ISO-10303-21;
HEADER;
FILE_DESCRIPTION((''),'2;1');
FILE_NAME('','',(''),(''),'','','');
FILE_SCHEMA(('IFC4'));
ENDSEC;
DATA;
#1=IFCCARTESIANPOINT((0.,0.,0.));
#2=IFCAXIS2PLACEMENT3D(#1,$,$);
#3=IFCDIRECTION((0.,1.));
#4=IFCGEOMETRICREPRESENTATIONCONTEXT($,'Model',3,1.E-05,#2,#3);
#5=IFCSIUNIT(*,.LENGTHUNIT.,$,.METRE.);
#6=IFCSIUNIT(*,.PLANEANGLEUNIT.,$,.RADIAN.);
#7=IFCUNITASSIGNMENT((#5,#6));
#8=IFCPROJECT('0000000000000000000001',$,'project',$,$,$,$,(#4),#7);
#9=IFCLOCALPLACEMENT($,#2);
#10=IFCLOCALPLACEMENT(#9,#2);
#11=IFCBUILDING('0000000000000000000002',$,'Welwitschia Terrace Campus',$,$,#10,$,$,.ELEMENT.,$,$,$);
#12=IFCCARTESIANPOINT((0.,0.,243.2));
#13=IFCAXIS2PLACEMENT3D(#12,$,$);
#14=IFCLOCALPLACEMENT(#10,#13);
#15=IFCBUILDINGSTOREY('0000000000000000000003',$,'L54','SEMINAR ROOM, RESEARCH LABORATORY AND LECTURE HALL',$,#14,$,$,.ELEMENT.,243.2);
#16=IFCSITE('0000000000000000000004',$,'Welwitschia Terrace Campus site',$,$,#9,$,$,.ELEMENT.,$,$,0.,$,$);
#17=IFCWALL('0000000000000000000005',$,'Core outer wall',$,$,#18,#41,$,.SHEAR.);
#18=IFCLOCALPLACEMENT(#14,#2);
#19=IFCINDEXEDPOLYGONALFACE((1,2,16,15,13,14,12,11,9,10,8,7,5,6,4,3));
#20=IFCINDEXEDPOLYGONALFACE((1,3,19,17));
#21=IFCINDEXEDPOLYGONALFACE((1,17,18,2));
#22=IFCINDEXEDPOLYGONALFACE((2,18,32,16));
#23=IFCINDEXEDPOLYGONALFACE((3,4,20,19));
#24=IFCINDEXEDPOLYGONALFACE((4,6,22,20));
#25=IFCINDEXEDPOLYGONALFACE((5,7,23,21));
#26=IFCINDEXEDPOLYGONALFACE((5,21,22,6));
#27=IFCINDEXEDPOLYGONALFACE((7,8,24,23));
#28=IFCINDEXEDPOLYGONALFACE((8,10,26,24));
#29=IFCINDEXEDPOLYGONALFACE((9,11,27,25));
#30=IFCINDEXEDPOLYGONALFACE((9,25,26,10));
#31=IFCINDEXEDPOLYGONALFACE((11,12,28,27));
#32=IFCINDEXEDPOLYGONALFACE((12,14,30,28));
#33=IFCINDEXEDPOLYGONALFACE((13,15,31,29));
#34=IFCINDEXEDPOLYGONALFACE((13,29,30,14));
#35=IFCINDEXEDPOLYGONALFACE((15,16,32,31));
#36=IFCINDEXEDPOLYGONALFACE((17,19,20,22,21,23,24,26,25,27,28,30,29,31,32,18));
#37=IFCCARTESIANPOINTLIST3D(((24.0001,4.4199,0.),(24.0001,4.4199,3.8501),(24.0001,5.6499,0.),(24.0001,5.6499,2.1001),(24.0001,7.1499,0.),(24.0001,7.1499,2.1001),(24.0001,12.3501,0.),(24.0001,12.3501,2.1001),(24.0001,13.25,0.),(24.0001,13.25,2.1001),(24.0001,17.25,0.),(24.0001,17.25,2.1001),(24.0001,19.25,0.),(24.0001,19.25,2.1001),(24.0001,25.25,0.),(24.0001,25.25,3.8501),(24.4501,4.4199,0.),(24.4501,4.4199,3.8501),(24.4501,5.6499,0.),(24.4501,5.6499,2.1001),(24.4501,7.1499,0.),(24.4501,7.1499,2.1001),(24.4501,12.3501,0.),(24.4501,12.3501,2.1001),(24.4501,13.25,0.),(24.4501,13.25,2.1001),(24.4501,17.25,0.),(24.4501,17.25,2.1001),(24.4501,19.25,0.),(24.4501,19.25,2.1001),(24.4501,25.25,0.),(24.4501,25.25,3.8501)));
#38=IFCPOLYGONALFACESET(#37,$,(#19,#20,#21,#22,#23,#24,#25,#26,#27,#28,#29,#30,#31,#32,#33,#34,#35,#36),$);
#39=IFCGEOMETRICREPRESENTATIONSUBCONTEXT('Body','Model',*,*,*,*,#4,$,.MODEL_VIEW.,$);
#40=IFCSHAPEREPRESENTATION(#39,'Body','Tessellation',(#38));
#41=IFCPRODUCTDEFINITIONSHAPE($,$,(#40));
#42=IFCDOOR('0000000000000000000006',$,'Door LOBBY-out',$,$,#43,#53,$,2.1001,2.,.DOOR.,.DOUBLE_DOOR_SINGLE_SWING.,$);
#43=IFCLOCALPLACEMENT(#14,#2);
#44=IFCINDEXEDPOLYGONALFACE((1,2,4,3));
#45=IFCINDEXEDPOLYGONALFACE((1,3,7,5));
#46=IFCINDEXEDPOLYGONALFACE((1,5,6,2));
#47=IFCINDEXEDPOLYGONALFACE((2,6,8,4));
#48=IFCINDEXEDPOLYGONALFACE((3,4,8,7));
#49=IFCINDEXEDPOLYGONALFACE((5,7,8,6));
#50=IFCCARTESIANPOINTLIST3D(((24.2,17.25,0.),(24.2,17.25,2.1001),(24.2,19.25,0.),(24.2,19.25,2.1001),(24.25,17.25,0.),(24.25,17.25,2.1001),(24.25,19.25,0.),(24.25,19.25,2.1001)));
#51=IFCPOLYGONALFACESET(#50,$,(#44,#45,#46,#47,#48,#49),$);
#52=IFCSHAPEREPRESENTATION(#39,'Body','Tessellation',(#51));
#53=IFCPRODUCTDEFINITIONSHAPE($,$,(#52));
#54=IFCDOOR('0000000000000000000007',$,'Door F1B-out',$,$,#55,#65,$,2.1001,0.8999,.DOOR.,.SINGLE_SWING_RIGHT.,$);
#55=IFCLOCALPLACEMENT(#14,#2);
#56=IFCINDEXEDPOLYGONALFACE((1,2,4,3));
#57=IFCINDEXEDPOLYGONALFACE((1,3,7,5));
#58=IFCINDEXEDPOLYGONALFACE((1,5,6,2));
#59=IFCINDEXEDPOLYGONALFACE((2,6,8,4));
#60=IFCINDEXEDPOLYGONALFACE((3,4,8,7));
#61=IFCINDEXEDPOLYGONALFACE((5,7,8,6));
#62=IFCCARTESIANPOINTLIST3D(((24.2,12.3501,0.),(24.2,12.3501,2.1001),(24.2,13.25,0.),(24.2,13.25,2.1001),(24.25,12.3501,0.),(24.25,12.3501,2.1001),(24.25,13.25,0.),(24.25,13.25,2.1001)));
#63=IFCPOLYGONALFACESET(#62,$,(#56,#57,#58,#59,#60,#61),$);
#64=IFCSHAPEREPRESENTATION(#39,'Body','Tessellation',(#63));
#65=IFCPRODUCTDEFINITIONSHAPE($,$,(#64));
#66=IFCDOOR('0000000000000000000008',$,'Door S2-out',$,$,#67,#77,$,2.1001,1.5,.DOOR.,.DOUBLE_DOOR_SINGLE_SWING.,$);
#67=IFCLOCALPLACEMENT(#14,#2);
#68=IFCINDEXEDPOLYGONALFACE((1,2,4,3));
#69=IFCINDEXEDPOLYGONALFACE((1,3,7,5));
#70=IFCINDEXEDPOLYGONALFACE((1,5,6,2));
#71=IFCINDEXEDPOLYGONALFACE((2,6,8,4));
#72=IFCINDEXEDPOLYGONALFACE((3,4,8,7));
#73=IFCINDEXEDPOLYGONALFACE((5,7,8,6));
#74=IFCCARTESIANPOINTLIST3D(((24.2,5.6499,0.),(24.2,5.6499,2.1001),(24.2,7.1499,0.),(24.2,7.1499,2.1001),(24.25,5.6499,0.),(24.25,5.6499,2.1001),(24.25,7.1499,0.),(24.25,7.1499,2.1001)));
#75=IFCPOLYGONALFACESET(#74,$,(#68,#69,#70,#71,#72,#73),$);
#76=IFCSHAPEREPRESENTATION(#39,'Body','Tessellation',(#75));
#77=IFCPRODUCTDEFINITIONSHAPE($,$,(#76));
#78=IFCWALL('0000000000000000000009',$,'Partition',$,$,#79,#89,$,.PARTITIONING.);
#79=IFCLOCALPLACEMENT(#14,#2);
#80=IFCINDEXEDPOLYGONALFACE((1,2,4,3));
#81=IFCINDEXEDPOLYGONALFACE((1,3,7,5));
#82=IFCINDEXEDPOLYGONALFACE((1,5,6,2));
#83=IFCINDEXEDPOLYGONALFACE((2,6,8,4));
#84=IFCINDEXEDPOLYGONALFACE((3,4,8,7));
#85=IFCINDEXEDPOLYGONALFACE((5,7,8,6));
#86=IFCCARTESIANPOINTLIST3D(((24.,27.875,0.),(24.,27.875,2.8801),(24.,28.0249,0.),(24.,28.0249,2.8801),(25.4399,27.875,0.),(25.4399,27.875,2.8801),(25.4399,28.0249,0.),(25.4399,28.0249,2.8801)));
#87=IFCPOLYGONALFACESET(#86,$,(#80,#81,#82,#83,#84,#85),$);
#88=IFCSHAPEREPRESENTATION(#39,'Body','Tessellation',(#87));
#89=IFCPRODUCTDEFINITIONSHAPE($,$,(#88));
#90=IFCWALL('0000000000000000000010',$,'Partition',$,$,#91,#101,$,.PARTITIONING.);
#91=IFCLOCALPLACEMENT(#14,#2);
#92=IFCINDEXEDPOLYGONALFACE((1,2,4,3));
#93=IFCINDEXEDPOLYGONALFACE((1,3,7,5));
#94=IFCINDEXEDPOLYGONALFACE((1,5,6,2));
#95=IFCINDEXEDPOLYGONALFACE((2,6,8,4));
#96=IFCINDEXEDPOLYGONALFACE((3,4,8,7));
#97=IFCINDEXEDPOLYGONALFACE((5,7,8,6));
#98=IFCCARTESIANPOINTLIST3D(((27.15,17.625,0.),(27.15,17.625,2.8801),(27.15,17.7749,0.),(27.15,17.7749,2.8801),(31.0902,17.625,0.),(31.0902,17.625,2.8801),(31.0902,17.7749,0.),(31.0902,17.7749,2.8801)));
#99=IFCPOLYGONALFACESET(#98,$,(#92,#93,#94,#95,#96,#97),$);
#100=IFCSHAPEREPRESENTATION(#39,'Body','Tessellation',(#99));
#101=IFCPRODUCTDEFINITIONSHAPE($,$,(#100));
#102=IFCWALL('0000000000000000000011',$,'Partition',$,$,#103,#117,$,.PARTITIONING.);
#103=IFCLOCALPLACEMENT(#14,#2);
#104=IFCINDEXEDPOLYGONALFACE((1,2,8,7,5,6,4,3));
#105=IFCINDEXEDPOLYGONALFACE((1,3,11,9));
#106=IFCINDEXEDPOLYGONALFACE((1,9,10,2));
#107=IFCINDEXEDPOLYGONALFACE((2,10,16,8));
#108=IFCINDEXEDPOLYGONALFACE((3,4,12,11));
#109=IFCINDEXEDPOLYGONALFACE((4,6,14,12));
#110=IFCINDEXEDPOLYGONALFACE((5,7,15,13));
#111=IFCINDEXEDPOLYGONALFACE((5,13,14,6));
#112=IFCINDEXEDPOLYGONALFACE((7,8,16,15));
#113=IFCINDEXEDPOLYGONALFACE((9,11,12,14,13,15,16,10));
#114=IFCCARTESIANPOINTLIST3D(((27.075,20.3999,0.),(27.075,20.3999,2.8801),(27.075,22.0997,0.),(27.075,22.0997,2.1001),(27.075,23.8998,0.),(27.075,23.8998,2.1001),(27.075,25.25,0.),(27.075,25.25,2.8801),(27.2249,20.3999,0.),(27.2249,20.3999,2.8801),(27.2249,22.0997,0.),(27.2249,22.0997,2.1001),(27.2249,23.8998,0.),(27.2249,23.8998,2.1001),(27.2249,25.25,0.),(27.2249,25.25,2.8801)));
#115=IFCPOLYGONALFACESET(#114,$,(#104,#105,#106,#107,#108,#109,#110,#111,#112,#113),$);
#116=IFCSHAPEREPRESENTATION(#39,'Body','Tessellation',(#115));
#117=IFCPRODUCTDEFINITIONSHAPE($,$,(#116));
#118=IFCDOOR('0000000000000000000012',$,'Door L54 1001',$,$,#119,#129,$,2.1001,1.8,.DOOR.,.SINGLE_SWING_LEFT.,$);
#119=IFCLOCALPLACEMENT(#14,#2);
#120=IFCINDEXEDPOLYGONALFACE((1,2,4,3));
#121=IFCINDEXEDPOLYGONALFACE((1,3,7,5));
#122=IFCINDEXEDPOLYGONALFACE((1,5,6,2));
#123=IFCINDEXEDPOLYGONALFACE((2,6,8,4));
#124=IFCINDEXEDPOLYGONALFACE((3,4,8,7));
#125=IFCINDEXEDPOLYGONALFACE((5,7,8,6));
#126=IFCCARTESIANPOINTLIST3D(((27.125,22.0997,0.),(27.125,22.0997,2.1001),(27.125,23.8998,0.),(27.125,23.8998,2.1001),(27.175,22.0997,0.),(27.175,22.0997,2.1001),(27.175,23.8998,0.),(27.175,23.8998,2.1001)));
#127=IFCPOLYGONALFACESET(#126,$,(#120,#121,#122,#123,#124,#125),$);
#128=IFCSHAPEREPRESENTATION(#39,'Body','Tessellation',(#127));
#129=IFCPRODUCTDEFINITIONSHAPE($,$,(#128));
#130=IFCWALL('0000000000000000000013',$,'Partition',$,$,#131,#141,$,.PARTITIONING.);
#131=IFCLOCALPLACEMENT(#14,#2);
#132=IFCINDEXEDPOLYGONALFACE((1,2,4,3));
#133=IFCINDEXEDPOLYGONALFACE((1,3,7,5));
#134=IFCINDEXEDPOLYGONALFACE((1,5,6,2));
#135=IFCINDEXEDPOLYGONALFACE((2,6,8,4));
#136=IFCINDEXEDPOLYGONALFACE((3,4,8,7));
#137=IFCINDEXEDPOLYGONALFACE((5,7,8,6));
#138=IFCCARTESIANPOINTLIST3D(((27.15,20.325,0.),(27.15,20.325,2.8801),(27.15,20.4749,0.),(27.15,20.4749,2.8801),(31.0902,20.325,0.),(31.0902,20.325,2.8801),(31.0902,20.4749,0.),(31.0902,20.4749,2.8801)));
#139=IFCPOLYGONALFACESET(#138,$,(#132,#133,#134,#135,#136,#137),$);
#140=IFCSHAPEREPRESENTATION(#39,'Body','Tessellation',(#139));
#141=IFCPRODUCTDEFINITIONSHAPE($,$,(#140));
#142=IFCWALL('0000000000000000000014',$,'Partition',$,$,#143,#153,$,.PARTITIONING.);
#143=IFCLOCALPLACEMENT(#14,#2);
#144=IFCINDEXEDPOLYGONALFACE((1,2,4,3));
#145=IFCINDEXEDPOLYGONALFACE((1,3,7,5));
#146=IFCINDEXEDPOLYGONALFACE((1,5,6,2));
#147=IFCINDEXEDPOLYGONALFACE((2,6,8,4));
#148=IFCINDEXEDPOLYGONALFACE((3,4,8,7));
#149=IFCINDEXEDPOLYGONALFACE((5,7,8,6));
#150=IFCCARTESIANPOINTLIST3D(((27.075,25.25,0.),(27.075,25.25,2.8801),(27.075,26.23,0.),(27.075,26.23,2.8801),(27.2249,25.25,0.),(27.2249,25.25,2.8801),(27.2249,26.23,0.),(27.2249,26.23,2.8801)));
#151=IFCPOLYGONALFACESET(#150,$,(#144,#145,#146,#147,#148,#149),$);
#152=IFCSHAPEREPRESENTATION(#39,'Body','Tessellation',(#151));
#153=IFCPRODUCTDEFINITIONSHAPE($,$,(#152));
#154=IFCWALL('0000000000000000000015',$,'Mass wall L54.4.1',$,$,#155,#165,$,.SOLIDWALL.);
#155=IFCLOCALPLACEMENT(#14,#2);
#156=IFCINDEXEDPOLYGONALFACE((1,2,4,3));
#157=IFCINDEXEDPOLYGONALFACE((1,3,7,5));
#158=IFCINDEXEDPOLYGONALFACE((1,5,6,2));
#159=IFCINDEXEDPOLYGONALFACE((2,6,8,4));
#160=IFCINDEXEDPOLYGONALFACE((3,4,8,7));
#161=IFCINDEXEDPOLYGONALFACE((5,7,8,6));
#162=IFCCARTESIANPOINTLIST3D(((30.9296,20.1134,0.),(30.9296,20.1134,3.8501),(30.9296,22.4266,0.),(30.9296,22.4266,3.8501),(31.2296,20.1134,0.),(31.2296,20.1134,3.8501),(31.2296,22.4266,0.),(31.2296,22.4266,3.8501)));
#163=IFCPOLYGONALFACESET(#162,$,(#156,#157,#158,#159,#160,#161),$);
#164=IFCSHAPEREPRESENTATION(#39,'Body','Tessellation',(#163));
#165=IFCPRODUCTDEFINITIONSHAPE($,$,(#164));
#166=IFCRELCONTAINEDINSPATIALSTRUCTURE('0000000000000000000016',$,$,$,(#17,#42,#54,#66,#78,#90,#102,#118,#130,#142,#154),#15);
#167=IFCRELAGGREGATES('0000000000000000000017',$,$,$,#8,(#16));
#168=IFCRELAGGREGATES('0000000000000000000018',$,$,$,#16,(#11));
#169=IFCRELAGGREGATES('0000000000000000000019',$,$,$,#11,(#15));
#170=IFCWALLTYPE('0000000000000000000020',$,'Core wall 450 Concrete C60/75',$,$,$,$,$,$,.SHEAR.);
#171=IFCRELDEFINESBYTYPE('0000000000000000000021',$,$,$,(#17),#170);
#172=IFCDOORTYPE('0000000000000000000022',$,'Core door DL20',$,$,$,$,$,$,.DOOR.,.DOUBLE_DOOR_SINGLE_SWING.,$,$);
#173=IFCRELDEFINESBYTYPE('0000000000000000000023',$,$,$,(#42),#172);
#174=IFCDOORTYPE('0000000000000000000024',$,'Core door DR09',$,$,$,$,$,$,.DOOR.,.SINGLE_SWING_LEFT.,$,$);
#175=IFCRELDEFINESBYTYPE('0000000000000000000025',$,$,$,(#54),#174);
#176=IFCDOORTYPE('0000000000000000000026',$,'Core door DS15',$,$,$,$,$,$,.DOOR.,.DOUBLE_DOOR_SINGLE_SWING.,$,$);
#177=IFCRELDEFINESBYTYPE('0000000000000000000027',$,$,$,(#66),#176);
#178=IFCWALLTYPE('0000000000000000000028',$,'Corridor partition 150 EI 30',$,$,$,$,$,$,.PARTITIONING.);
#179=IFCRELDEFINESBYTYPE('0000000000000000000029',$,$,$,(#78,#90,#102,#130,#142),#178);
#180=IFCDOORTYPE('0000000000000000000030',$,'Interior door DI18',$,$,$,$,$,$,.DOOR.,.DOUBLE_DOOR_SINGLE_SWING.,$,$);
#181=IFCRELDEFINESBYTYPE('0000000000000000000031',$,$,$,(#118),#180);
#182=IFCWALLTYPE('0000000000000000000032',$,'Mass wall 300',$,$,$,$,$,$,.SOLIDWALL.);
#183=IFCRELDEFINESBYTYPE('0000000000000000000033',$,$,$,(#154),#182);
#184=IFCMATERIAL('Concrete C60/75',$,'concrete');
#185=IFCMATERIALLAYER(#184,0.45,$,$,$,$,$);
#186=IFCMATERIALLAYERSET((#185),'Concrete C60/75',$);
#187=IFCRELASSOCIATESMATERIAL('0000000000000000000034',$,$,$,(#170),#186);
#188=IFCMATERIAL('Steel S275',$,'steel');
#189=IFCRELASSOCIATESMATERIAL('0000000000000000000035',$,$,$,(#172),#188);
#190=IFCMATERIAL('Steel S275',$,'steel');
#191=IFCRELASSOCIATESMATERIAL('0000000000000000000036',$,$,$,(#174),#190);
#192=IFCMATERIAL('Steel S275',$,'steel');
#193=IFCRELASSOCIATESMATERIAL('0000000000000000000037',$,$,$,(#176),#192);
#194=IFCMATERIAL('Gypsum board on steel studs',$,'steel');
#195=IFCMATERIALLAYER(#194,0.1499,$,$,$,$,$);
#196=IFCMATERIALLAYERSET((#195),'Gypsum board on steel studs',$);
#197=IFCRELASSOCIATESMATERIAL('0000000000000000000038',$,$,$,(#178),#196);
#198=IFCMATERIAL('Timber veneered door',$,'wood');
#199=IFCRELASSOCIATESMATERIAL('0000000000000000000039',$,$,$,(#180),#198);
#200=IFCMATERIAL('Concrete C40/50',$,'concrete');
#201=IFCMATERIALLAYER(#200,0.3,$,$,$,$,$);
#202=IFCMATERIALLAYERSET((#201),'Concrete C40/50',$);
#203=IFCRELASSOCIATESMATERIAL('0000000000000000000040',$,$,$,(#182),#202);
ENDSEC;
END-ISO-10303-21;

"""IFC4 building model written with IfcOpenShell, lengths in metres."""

from ifc_helpers import new_model, si_unit, direction, frame, frame_2d, origin, place, context, subcontext, project, spatial, rectangle, extrude, material, layer, layer_set, type_object, element, fill, save


model = new_model("IFC4")

# Units and contexts
model_context = context("Model", 3, precision=1e-05, world=origin(), true_north=direction((0.0, 1.0)))
body_context = subcontext(model_context, "Body", "Model", "MODEL_VIEW")
ifc_project = project(units=[si_unit("LENGTHUNIT", "METRE"), si_unit("PLANEANGLEUNIT", "RADIAN")], contexts=[model_context])

# Site, building, storey
site_placement = place(None, origin())
site = spatial("IfcSite", under=ifc_project, at=site_placement, Name="Welwitschia Terrace Campus site", CompositionType="ELEMENT", RefElevation=0.0)
building_placement = place(site_placement, origin())
building = spatial("IfcBuilding", under=site, at=building_placement, Name="Welwitschia Terrace Campus", CompositionType="ELEMENT")
storey_placement = place(building_placement, frame((0.0, 0.0, 243.2)))
storey = spatial("IfcBuildingStorey", under=building, at=storey_placement, Name="L54", Description="SEMINAR ROOM, RESEARCH LABORATORY AND LECTURE HALL", CompositionType="ELEMENT", Elevation=243.2)

# Wall, openings, doors
ifc_material_1 = material(Name="Concrete C60/75", Category="concrete")
ifc_layer_1 = layer(ifc_material_1, 0.45)
ifc_layer_set_1 = layer_set([ifc_layer_1], Name="Concrete C60/75")
wall_type_1 = type_object("IfcWallType", Name="Core wall 450 Concrete C60/75", PredefinedType="SHEAR", material=ifc_layer_set_1)
wall_1_placement = place(storey_placement, frame((24.2251, 25.25, 0.0), z_axis=(0.0, 0.0, 1.0), x_axis=(0.0, -1.0, 0.0)))
wall_1 = element("IfcWall", 1, at=wall_1_placement, inside=storey, type_object=wall_type_1, Name="Core outer wall", PredefinedType="SHEAR", context=body_context, shape_type="SweptSolid", body=[
    extrude(rectangle(XDim=20.8301, YDim=0.45, at=frame_2d((10.415, 0.0))), origin(), (0.0, 0.0, 1.0), 3.8501),
])
opening_1_placement = place(wall_1_placement, frame((18.1001, 0.0, 0.0)))
opening_1 = element("IfcOpeningElement", 2, at=opening_1_placement, cuts=wall_1, PredefinedType="OPENING", context=body_context, shape_type="SweptSolid", body=[
    extrude(rectangle(XDim=1.5, YDim=2.1001, at=frame_2d((0.75, 1.05))), frame((0.0, 0.2349, 0.0), z_axis=(0.0, -1.0, 0.0), x_axis=(1.0, 0.0, 0.0)), (0.0, 0.0, 1.0), 0.47),
])
opening_2_placement = place(wall_1_placement, frame((12.0, 0.0, 0.0)))
opening_2 = element("IfcOpeningElement", 3, at=opening_2_placement, cuts=wall_1, PredefinedType="OPENING", context=body_context, shape_type="SweptSolid", body=[
    extrude(rectangle(XDim=0.8999, YDim=2.1001, at=frame_2d((0.45, 1.05))), frame((0.0, 0.2349, 0.0), z_axis=(0.0, -1.0, 0.0), x_axis=(1.0, 0.0, 0.0)), (0.0, 0.0, 1.0), 0.47),
])
opening_3_placement = place(wall_1_placement, frame((6.0, 0.0, 0.0)))
opening_3 = element("IfcOpeningElement", 4, at=opening_3_placement, cuts=wall_1, PredefinedType="OPENING", context=body_context, shape_type="SweptSolid", body=[
    extrude(rectangle(XDim=2.0, YDim=2.1001, at=frame_2d((1.0, 1.05))), frame((0.0, 0.2349, 0.0), z_axis=(0.0, -1.0, 0.0), x_axis=(1.0, 0.0, 0.0)), (0.0, 0.0, 1.0), 0.47),
])
ifc_material_2 = material(Name="Steel S275", Category="steel")
door_type_1 = type_object("IfcDoorType", Name="Core door DL20", OperationType="DOUBLE_DOOR_SINGLE_SWING", PredefinedType="DOOR", material=ifc_material_2)
door_1_placement = place(opening_3_placement, origin())
door_1 = element("IfcDoor", 5, at=door_1_placement, inside=storey, type_object=door_type_1, Name="Door LOBBY-out", OperationType="DOUBLE_DOOR_SINGLE_SWING", OverallHeight=2.1001, OverallWidth=2.0, PredefinedType="DOOR", context=body_context, shape_type="SweptSolid", body=[
    extrude(rectangle(XDim=2.0, YDim=2.1001, at=frame_2d((1.0, 1.05))), frame((0.0, 0.0249, 0.0), z_axis=(0.0, -1.0, 0.0), x_axis=(1.0, 0.0, 0.0)), (0.0, 0.0, 1.0), 0.05),
])
fill(opening_3, door_1)
ifc_material_3 = material(Name="Steel S275", Category="steel")
door_type_2 = type_object("IfcDoorType", Name="Core door DR09", OperationType="SINGLE_SWING_LEFT", PredefinedType="DOOR", material=ifc_material_3)
door_2_placement = place(opening_2_placement, origin())
door_2 = element("IfcDoor", 6, at=door_2_placement, inside=storey, type_object=door_type_2, Name="Door F1B-out", OperationType="SINGLE_SWING_RIGHT", OverallHeight=2.1001, OverallWidth=0.8999, PredefinedType="DOOR", context=body_context, shape_type="SweptSolid", body=[
    extrude(rectangle(XDim=0.8999, YDim=2.1001, at=frame_2d((0.45, 1.05))), frame((0.0, 0.0249, 0.0), z_axis=(0.0, -1.0, 0.0), x_axis=(1.0, 0.0, 0.0)), (0.0, 0.0, 1.0), 0.05),
])
fill(opening_2, door_2)
ifc_material_4 = material(Name="Steel S275", Category="steel")
door_type_3 = type_object("IfcDoorType", Name="Core door DS15", OperationType="DOUBLE_DOOR_SINGLE_SWING", PredefinedType="DOOR", material=ifc_material_4)
door_3_placement = place(opening_1_placement, origin())
door_3 = element("IfcDoor", 7, at=door_3_placement, inside=storey, type_object=door_type_3, Name="Door S2-out", OperationType="DOUBLE_DOOR_SINGLE_SWING", OverallHeight=2.1001, OverallWidth=1.5, PredefinedType="DOOR", context=body_context, shape_type="SweptSolid", body=[
    extrude(rectangle(XDim=1.5, YDim=2.1001, at=frame_2d((0.75, 1.05))), frame((0.0, 0.0249, 0.0), z_axis=(0.0, -1.0, 0.0), x_axis=(1.0, 0.0, 0.0)), (0.0, 0.0, 1.0), 0.05),
])
fill(opening_1, door_3)

# Walls
ifc_material_5 = material(Name="Gypsum board on steel studs", Category="steel")
ifc_layer_2 = layer(ifc_material_5, 0.1499)
ifc_layer_set_2 = layer_set([ifc_layer_2], Name="Gypsum board on steel studs")
wall_type_2 = type_object("IfcWallType", Name="Corridor partition 150 EI 30", PredefinedType="PARTITIONING", material=ifc_layer_set_2)
wall_2_placement = place(storey_placement, frame((24.0, 27.95, 0.0), z_axis=(0.0, 0.0, 1.0), x_axis=(1.0, 0.0, 0.0)))
element("IfcWall", 8, at=wall_2_placement, inside=storey, type_object=wall_type_2, Name="Partition", PredefinedType="PARTITIONING", context=body_context, shape_type="SweptSolid", body=[
    extrude(rectangle(XDim=1.4399, YDim=0.1499, at=frame_2d((0.72, 0.0))), origin(), (0.0, 0.0, 1.0), 2.8801),
])
wall_3_placement = place(storey_placement, frame((27.1499, 17.7, 0.0), z_axis=(0.0, 0.0, 1.0), x_axis=(1.0, 0.0, 0.0)))
element("IfcWall", 9, at=wall_3_placement, inside=storey, type_object=wall_type_2, Name="Partition", PredefinedType="PARTITIONING", context=body_context, shape_type="SweptSolid", body=[
    extrude(rectangle(XDim=3.9402, YDim=0.1499, at=frame_2d((1.9702, 0.0))), origin(), (0.0, 0.0, 1.0), 2.8801),
])

# Wall, opening, door
wall_4_placement = place(storey_placement, frame((27.1499, 20.3999, 0.0), z_axis=(0.0, 0.0, 1.0), x_axis=(0.0, 1.0, 0.0)))
wall_4 = element("IfcWall", 10, at=wall_4_placement, inside=storey, type_object=wall_type_2, Name="Partition", PredefinedType="PARTITIONING", context=body_context, shape_type="SweptSolid", body=[
    extrude(rectangle(XDim=4.8501, YDim=0.1499, at=frame_2d((2.425, 0.0))), origin(), (0.0, 0.0, 1.0), 2.8801),
])
opening_4_placement = place(wall_4_placement, frame((1.7, 0.0, 0.0)))
opening_4 = element("IfcOpeningElement", 11, at=opening_4_placement, cuts=wall_4, PredefinedType="OPENING", context=body_context, shape_type="SweptSolid", body=[
    extrude(rectangle(XDim=1.8, YDim=2.1001, at=frame_2d((0.8999, 1.05))), frame((0.0, 0.085, 0.0), z_axis=(0.0, -1.0, 0.0), x_axis=(1.0, 0.0, 0.0)), (0.0, 0.0, 1.0), 0.1699),
])
ifc_material_6 = material(Name="Timber veneered door", Category="wood")
door_type_4 = type_object("IfcDoorType", Name="Interior door DI18", OperationType="DOUBLE_DOOR_SINGLE_SWING", PredefinedType="DOOR", material=ifc_material_6)
door_4_placement = place(opening_4_placement, origin())
door_4 = element("IfcDoor", 12, at=door_4_placement, inside=storey, type_object=door_type_4, Name="Door L54 1001", OperationType="SINGLE_SWING_LEFT", OverallHeight=2.1001, OverallWidth=1.8, PredefinedType="DOOR", context=body_context, shape_type="SweptSolid", body=[
    extrude(rectangle(XDim=1.8, YDim=2.1001, at=frame_2d((0.8999, 1.05))), frame((0.0, 0.0249, 0.0), z_axis=(0.0, -1.0, 0.0), x_axis=(1.0, 0.0, 0.0)), (0.0, 0.0, 1.0), 0.05),
])
fill(opening_4, door_4)

# Walls
wall_5_placement = place(storey_placement, frame((27.1499, 20.3999, 0.0), z_axis=(0.0, 0.0, 1.0), x_axis=(1.0, 0.0, 0.0)))
element("IfcWall", 13, at=wall_5_placement, inside=storey, type_object=wall_type_2, Name="Partition", PredefinedType="PARTITIONING", context=body_context, shape_type="SweptSolid", body=[
    extrude(rectangle(XDim=3.9402, YDim=0.1499, at=frame_2d((1.9702, 0.0))), origin(), (0.0, 0.0, 1.0), 2.8801),
])
wall_6_placement = place(storey_placement, frame((27.1499, 25.25, 0.0), z_axis=(0.0, 0.0, 1.0), x_axis=(0.0, 1.0, 0.0)))
element("IfcWall", 14, at=wall_6_placement, inside=storey, type_object=wall_type_2, Name="Partition", PredefinedType="PARTITIONING", context=body_context, shape_type="SweptSolid", body=[
    extrude(rectangle(XDim=0.98, YDim=0.1499, at=frame_2d((0.49, 0.0))), origin(), (0.0, 0.0, 1.0), 2.8801),
])
ifc_material_7 = material(Name="Concrete C40/50", Category="concrete")
ifc_layer_3 = layer(ifc_material_7, 0.3)
ifc_layer_set_3 = layer_set([ifc_layer_3], Name="Concrete C40/50")
wall_type_3 = type_object("IfcWallType", Name="Mass wall 300", PredefinedType="SOLIDWALL", material=ifc_layer_set_3)
wall_7_placement = place(storey_placement, frame((31.0796, 20.1133, 0.0), z_axis=(0.0, 0.0, 1.0), x_axis=(0.0, 1.0, 0.0)))
element("IfcWall", 15, at=wall_7_placement, inside=storey, type_object=wall_type_3, Name="Mass wall L54.4.1", PredefinedType="SOLIDWALL", context=body_context, shape_type="SweptSolid", body=[
    extrude(rectangle(XDim=2.3132, YDim=0.3, at=frame_2d((1.1567, 0.0))), origin(), (0.0, 0.0, 1.0), 3.8501),
])

save(model, "model.ifc")
